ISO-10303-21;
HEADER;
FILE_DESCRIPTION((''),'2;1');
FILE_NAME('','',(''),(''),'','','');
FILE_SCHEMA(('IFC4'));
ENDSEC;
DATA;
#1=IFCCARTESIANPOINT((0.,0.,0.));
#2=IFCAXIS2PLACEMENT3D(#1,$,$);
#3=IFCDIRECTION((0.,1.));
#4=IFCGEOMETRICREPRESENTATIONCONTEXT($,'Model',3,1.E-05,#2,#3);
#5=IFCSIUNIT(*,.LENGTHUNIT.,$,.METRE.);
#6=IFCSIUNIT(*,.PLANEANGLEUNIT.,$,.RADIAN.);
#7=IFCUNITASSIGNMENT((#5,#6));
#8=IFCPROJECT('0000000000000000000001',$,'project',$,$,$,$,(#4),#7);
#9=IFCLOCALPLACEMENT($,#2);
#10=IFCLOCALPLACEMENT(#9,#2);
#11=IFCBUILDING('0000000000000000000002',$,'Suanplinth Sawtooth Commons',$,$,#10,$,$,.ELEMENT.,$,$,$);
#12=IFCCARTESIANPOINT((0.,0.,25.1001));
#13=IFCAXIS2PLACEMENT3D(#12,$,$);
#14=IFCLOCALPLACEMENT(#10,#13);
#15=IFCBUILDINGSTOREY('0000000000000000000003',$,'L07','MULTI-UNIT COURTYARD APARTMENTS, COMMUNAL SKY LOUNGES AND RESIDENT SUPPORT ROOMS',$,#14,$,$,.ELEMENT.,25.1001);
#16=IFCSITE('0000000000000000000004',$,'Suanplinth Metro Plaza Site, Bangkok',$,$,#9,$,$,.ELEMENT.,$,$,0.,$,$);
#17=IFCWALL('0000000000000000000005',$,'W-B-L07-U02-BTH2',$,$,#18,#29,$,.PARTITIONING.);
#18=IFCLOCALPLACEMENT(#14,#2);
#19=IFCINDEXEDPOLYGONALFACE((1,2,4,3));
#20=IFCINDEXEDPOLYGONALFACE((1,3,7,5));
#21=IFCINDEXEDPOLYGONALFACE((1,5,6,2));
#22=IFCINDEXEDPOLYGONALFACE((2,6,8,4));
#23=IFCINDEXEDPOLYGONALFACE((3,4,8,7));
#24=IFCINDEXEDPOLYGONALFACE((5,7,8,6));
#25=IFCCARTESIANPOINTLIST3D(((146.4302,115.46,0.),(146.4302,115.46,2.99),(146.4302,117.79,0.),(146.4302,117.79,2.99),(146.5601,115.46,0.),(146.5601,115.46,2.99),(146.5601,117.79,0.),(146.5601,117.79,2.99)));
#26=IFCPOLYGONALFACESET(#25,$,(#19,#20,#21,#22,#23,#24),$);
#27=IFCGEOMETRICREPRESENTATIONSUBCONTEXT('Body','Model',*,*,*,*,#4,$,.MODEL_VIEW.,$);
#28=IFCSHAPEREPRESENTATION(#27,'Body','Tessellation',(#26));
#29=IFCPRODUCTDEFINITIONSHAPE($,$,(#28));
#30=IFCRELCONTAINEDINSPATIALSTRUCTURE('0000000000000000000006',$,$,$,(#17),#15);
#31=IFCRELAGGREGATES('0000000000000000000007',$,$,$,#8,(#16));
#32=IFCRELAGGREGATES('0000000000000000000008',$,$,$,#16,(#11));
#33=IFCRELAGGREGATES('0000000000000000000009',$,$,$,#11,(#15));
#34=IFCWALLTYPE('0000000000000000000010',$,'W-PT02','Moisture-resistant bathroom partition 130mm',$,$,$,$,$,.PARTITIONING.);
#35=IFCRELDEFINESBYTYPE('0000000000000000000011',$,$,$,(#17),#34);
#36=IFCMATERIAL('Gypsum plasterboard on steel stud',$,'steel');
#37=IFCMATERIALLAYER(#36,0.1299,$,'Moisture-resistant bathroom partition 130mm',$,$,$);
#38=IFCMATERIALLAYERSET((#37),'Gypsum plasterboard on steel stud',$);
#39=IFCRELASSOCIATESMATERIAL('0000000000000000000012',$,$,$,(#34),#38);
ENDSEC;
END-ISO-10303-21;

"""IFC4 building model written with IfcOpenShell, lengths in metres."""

from ifc_helpers import new_model, si_unit, direction, frame, frame_2d, origin, place, context, subcontext, project, spatial, rectangle, extrude, material, layer, layer_set, type_object, element, save


model = new_model("IFC4")

# Units and contexts
model_context = context("Model", 3, precision=1e-05, world=origin(), true_north=direction((0.0, 1.0)))
body_context = subcontext(model_context, "Body", "Model", "MODEL_VIEW")
ifc_project = project(units=[si_unit("LENGTHUNIT", "METRE"), si_unit("PLANEANGLEUNIT", "RADIAN")], contexts=[model_context])

# Site, building, storey
site_placement = place(None, origin())
site = spatial("IfcSite", under=ifc_project, at=site_placement, Name="Suanplinth Metro Plaza Site, Bangkok", CompositionType="ELEMENT", RefElevation=0.0)
building_placement = place(site_placement, origin())
building = spatial("IfcBuilding", under=site, at=building_placement, Name="Suanplinth Sawtooth Commons", CompositionType="ELEMENT")
storey_placement = place(building_placement, frame((0.0, 0.0, 25.1001)))
storey = spatial("IfcBuildingStorey", under=building, at=storey_placement, Name="L07", Description="MULTI-UNIT COURTYARD APARTMENTS, COMMUNAL SKY LOUNGES AND RESIDENT SUPPORT ROOMS", CompositionType="ELEMENT", Elevation=25.1001)

# Shared definitions
ifc_material_1 = material(Name="Gypsum plasterboard on steel stud", Category="steel")

# Wall
ifc_layer_1 = layer(ifc_material_1, 0.1299, Name="Moisture-resistant bathroom partition 130mm")
ifc_layer_set_1 = layer_set([ifc_layer_1], Name="Gypsum plasterboard on steel stud")
wall_type_1 = type_object("IfcWallType", Name="W-PT02", Description="Moisture-resistant bathroom partition 130mm", PredefinedType="PARTITIONING", material=ifc_layer_set_1)
wall_1_placement = place(storey_placement, frame((146.4951, 115.46, 0.0), z_axis=(0.0, 0.0, 1.0), x_axis=(0.0, 1.0, 0.0)))
element("IfcWall", 1, at=wall_1_placement, inside=storey, type_object=wall_type_1, Name="W-B-L07-U02-BTH2", PredefinedType="PARTITIONING", context=body_context, shape_type="SweptSolid", body=[
    extrude(rectangle(XDim=2.3301, YDim=0.1299, at=frame_2d((1.165, 0.0))), origin(), (0.0, 0.0, 1.0), 2.99),
])

save(model, "model.ifc")
